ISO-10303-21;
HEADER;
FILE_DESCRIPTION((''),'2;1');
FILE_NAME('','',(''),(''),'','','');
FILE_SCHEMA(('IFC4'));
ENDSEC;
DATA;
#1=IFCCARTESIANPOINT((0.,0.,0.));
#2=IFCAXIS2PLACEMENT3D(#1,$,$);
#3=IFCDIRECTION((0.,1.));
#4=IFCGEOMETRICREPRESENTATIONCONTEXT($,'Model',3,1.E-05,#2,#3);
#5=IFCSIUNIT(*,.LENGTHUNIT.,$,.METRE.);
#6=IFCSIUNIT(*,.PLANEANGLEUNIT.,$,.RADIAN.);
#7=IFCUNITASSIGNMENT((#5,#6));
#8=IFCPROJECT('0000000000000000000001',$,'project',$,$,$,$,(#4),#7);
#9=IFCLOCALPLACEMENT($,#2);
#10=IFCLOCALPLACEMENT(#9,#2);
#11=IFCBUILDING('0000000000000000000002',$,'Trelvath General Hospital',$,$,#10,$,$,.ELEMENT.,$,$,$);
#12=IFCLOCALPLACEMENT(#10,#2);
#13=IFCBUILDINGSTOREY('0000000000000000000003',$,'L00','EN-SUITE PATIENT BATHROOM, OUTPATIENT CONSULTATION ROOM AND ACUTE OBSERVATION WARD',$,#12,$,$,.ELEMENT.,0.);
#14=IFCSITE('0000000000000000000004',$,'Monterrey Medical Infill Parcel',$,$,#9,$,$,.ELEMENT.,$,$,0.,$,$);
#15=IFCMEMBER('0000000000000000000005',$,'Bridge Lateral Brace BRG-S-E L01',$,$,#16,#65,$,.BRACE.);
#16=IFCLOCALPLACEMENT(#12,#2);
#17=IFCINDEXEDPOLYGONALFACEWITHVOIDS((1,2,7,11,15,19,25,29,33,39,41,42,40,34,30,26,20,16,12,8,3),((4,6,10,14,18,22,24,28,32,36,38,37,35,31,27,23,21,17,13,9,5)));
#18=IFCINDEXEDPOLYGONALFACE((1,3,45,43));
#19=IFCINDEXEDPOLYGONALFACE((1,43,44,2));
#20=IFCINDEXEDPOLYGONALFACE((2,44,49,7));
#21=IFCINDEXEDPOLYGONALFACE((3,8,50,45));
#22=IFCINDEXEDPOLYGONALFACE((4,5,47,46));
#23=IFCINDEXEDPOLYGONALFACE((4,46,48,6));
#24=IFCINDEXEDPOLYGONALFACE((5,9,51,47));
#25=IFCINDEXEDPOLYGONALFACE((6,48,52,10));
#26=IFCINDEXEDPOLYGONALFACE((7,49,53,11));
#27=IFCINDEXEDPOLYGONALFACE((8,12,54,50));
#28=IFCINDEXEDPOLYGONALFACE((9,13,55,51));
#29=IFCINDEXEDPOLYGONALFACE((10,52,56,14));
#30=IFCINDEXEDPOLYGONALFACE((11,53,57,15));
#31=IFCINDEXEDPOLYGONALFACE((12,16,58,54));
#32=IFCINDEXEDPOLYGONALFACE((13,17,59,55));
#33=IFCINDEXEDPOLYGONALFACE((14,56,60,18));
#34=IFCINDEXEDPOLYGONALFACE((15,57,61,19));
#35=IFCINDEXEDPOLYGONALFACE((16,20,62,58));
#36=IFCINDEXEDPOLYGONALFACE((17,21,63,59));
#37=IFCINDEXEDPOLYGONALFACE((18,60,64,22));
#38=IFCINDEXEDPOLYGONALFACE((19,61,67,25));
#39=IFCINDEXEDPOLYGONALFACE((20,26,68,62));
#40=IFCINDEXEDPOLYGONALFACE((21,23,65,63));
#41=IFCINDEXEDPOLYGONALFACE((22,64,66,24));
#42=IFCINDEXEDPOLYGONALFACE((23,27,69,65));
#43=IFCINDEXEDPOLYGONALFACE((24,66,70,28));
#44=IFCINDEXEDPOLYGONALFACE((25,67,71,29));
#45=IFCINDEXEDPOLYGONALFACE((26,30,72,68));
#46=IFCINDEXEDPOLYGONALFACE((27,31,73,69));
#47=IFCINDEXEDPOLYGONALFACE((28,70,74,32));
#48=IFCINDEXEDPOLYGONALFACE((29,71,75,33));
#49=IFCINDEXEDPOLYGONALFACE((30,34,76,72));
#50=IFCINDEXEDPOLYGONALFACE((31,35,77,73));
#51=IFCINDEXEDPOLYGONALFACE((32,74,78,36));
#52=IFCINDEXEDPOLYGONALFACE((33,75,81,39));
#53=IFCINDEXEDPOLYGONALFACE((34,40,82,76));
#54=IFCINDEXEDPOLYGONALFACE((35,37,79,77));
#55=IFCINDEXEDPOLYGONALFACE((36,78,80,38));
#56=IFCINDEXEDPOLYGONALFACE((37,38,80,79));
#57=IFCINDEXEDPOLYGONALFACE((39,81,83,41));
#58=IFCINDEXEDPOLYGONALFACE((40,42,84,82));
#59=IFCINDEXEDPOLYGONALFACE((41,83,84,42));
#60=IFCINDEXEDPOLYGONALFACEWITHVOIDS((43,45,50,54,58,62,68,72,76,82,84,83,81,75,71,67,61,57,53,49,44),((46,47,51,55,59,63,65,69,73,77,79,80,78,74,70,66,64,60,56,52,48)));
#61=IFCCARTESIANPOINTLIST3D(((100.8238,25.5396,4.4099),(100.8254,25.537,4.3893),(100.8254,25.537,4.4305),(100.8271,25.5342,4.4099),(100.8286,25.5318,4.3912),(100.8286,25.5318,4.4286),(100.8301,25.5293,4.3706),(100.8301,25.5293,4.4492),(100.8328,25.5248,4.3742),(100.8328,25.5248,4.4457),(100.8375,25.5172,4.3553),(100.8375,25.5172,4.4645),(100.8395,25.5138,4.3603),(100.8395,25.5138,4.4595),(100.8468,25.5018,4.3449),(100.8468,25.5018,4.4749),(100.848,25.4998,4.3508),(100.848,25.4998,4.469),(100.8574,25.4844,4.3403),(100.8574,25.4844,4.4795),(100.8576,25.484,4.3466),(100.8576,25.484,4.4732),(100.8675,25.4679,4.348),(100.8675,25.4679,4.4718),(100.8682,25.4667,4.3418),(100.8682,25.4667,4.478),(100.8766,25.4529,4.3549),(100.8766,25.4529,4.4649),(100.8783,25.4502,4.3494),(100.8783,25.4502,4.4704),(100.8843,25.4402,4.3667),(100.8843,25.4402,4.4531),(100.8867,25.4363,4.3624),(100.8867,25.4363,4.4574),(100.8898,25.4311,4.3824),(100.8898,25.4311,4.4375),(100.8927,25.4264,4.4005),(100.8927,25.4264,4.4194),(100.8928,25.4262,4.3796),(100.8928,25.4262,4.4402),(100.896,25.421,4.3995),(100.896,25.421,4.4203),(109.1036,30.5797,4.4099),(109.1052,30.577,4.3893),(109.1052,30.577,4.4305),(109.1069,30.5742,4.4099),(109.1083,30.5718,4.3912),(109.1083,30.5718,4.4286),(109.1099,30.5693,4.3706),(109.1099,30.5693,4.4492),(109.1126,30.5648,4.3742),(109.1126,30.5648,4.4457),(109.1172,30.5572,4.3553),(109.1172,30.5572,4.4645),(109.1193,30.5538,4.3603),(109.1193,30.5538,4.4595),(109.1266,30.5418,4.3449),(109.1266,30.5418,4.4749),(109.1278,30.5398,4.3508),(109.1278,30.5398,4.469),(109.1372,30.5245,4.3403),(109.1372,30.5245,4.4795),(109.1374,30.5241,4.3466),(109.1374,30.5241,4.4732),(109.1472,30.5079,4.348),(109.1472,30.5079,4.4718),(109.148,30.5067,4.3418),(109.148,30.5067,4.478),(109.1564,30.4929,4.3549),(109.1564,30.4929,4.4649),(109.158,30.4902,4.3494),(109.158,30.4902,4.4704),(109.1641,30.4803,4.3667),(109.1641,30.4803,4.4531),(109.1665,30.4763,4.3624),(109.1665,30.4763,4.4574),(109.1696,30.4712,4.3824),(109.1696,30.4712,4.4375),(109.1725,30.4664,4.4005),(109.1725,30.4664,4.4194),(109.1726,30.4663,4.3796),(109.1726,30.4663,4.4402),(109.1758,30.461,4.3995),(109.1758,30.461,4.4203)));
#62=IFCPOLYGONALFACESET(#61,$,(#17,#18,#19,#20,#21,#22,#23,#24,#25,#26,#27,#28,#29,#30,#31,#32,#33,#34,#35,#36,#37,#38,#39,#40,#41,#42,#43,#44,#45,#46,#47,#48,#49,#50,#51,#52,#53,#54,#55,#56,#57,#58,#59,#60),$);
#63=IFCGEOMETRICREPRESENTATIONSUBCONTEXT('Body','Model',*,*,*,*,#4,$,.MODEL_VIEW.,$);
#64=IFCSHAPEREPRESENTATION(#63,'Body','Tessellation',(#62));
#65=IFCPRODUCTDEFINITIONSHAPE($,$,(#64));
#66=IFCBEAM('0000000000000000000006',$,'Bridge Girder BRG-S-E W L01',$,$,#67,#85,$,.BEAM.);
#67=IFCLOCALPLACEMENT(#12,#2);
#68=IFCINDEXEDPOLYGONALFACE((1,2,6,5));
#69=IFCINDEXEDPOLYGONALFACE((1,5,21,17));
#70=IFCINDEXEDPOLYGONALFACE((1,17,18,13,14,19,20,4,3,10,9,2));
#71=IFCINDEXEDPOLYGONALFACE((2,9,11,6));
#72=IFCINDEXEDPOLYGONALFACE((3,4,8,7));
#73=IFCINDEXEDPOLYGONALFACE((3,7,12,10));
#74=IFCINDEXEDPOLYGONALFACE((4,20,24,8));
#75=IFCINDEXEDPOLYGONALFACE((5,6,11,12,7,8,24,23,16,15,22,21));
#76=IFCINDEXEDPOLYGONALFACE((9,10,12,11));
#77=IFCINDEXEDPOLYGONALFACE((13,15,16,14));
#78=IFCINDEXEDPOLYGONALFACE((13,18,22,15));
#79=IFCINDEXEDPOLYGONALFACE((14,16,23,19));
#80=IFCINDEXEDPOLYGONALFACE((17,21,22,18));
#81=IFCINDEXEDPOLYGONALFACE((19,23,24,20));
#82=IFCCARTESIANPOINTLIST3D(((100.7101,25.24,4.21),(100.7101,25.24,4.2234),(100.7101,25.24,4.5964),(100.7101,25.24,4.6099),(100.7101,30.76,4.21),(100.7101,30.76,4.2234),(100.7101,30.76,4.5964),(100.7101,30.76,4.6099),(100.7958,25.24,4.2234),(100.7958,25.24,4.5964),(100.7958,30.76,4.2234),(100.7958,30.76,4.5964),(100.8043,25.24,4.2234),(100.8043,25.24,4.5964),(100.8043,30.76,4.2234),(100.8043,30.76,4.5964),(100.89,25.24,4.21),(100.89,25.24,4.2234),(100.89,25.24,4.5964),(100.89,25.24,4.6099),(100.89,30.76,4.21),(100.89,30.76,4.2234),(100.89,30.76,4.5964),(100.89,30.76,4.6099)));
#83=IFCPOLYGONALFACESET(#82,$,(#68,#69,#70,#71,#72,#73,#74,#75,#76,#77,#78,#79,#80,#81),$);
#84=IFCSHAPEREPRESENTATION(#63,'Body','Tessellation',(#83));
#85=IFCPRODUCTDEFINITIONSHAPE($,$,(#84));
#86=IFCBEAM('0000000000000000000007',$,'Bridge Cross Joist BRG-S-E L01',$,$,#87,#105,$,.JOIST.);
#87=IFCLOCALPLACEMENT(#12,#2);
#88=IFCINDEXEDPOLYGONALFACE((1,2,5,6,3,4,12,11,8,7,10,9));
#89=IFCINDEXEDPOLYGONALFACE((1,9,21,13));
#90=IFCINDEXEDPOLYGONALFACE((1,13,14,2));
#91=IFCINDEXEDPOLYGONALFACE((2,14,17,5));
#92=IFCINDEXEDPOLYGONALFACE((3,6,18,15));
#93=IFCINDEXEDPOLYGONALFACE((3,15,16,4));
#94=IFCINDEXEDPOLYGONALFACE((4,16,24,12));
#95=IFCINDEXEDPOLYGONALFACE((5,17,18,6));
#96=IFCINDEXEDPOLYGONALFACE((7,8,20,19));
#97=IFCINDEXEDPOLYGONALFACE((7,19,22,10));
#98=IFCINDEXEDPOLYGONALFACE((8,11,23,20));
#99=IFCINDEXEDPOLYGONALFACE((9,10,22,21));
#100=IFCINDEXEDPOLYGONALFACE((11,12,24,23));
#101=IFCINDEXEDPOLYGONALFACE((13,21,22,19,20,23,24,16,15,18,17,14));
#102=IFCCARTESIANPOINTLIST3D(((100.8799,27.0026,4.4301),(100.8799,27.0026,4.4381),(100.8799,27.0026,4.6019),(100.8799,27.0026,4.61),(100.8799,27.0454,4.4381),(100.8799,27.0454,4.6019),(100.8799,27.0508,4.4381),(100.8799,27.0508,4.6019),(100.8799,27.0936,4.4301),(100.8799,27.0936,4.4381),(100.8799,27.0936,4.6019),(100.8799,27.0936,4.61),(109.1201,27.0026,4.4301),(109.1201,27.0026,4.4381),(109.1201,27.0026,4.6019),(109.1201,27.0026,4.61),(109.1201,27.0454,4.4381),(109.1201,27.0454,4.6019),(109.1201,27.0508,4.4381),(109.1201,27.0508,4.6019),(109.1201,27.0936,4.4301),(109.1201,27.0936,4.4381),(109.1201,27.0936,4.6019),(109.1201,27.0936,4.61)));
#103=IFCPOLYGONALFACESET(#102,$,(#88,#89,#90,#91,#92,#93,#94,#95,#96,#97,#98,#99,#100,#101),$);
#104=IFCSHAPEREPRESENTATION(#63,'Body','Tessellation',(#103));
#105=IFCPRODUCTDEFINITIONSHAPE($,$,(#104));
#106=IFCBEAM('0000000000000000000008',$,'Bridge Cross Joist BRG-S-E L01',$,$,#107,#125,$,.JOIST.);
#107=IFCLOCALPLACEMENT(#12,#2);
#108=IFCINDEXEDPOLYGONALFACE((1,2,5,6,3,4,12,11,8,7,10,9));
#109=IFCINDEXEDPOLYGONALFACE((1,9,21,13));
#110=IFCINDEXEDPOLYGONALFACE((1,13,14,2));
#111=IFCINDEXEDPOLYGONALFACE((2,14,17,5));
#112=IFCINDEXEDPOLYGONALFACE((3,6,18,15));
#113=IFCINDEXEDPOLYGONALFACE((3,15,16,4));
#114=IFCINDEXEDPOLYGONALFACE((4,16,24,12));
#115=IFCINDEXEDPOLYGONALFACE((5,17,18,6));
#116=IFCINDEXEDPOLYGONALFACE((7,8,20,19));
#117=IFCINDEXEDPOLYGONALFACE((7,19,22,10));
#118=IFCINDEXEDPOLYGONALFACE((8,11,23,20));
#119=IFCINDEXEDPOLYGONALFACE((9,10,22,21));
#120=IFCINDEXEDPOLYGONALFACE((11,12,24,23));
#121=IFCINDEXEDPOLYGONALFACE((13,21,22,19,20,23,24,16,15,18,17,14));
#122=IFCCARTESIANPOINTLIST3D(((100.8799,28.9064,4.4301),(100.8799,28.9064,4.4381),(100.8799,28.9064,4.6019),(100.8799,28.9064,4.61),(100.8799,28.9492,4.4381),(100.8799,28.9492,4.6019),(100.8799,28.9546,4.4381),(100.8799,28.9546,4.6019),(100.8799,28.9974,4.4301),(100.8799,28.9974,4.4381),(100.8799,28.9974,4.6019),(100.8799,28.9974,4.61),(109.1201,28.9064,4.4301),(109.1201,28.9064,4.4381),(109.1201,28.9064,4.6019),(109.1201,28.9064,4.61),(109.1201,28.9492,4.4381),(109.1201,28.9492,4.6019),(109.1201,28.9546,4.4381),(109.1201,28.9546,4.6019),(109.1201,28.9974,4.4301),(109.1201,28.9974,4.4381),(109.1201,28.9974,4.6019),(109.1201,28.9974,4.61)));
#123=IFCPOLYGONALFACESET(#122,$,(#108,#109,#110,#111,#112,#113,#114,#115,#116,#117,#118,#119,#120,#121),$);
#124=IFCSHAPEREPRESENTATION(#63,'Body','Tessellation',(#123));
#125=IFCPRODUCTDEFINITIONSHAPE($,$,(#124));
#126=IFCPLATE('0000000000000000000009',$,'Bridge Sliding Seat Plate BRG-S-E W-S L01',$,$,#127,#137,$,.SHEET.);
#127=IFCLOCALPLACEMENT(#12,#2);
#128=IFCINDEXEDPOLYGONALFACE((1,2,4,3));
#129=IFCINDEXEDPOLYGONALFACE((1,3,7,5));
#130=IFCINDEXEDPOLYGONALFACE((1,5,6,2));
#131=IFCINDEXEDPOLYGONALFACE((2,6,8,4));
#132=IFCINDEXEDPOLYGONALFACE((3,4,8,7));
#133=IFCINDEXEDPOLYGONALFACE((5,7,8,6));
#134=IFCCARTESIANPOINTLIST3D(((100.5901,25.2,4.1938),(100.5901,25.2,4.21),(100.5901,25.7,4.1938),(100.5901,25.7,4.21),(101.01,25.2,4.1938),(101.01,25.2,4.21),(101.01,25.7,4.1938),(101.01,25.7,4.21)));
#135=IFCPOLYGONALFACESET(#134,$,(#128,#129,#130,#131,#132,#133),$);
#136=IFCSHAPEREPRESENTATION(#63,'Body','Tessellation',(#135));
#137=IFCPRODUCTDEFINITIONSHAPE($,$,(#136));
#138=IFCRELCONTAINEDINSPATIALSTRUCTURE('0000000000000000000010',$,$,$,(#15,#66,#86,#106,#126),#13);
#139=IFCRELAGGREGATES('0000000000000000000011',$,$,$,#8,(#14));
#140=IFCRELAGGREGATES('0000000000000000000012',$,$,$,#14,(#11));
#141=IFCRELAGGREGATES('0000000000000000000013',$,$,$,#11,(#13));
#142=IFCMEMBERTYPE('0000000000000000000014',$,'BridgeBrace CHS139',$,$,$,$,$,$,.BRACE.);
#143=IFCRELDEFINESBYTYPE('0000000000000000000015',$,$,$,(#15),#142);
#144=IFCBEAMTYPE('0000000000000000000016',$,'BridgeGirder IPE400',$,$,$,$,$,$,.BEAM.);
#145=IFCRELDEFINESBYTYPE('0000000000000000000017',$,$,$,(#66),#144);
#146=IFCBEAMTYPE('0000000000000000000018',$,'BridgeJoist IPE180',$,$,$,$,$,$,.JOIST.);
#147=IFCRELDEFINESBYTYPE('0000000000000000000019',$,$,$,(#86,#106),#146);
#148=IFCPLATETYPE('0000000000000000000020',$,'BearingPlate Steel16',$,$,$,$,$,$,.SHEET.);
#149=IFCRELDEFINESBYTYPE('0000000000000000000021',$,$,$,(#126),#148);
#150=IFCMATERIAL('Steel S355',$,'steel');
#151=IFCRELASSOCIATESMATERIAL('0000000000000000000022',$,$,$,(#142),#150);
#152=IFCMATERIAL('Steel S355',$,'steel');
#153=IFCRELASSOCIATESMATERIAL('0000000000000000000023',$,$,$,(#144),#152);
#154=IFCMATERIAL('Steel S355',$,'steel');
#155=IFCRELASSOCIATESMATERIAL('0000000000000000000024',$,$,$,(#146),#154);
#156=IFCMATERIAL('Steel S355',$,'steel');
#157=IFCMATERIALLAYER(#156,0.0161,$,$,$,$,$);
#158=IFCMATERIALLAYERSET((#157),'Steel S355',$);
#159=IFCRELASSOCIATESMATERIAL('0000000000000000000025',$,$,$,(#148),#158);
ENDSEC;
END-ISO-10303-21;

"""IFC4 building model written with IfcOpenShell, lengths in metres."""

from ifc_helpers import new_model, si_unit, direction, frame, origin, origin_2d, place, context, subcontext, project, spatial, rectangle, hollow_circle, i_section, extrude, material, layer, layer_set, material_profile, profile_set, type_object, element, save


model = new_model("IFC4")

# Units and contexts
model_context = context("Model", 3, precision=1e-05, world=origin(), true_north=direction((0.0, 1.0)))
body_context = subcontext(model_context, "Body", "Model", "MODEL_VIEW")
ifc_project = project(units=[si_unit("LENGTHUNIT", "METRE"), si_unit("PLANEANGLEUNIT", "RADIAN")], contexts=[model_context])

# Site, building, storey
site_placement = place(None, origin())
site = spatial("IfcSite", under=ifc_project, at=site_placement, Name="Monterrey Medical Infill Parcel", CompositionType="ELEMENT", RefElevation=0.0)
building_placement = place(site_placement, origin())
building = spatial("IfcBuilding", under=site, at=building_placement, Name="Trelvath General Hospital", CompositionType="ELEMENT")
storey_placement = place(building_placement, origin())
storey = spatial("IfcBuildingStorey", under=building, at=storey_placement, Name="L00", Description="EN-SUITE PATIENT BATHROOM, OUTPATIENT CONSULTATION ROOM AND ACUTE OBSERVATION WARD", CompositionType="ELEMENT", Elevation=0.0)

# Member
ifc_material_1 = material(Name="Steel S355", Category="steel")
ifc_material_profile_1 = material_profile(ifc_material_1, hollow_circle(Radius=0.0698, WallThickness=0.0063, at=origin_2d()), Name="CHS139.7x6.3")
ifc_profile_set_1 = profile_set([ifc_material_profile_1], Name="Steel S355")
member_type = type_object("IfcMemberType", Name="BridgeBrace CHS139", PredefinedType="BRACE", material=ifc_profile_set_1)
member_placement = place(storey_placement, frame((100.8601, 25.48, 4.4099), z_axis=(0.854191, 0.51996, 0.0), x_axis=(-0.51996, 0.854191, 0.0)))
element("IfcMember", 1, at=member_placement, inside=storey, type_object=member_type, Name="Bridge Lateral Brace BRG-S-E L01", PredefinedType="BRACE", context=body_context, shape_type="SweptSolid", body=[
    extrude(hollow_circle(Radius=0.0698, WallThickness=0.0063, at=origin_2d()), origin(), (0.0, 0.0, 1.0), 9.6931),
])

# Beams
ifc_material_2 = material(Name="Steel S355", Category="steel")
ifc_material_profile_2 = material_profile(ifc_material_2, i_section(OverallWidth=0.1799, OverallDepth=0.3999, WebThickness=0.0085, FlangeThickness=0.0134, at=origin_2d()), Name="IPE400")
ifc_profile_set_2 = profile_set([ifc_material_profile_2], Name="Steel S355")
beam_type_1 = type_object("IfcBeamType", Name="BridgeGirder IPE400", PredefinedType="BEAM", material=ifc_profile_set_2)
beam_1_placement = place(storey_placement, frame((100.8, 25.24, 4.4099), z_axis=(0.0, 1.0, 0.0), x_axis=(-1.0, 0.0, 0.0)))
element("IfcBeam", 2, at=beam_1_placement, inside=storey, type_object=beam_type_1, Name="Bridge Girder BRG-S-E W L01", PredefinedType="BEAM", context=body_context, shape_type="SweptSolid", body=[
    extrude(i_section(OverallWidth=0.1799, OverallDepth=0.3999, WebThickness=0.0085, FlangeThickness=0.0134, at=origin_2d()), origin(), (0.0, 0.0, 1.0), 5.52),
])
ifc_material_3 = material(Name="Steel S355", Category="steel")
ifc_material_profile_3 = material_profile(ifc_material_3, i_section(OverallWidth=0.0911, OverallDepth=0.1799, WebThickness=0.0054, FlangeThickness=0.0081, at=origin_2d()), Name="IPE180")
ifc_profile_set_3 = profile_set([ifc_material_profile_3], Name="Steel S355")
beam_type_2 = type_object("IfcBeamType", Name="BridgeJoist IPE180", PredefinedType="JOIST", material=ifc_profile_set_3)
for number, where, z_axis, x_axis, name in (
    (3, (100.8799, 27.0481, 4.52), (1.0, 0.0, 0.0), (0.0, 1.0, 0.0), "Bridge Cross Joist BRG-S-E L01"),
    (4, (100.8799, 28.9519, 4.52), (1.0, 0.0, 0.0), (0.0, 1.0, 0.0), "Bridge Cross Joist BRG-S-E L01"),
):
    element("IfcBeam", number, at=place(storey_placement, frame(where, z_axis=z_axis, x_axis=x_axis)), inside=storey, type_object=beam_type_2, Name=name, PredefinedType="JOIST", context=body_context, shape_type="SweptSolid", body=[
        extrude(i_section(OverallWidth=0.0911, OverallDepth=0.1799, WebThickness=0.0054, FlangeThickness=0.0081, at=origin_2d()), origin(), (0.0, 0.0, 1.0), 8.2402),
    ])

# Plate
ifc_material_4 = material(Name="Steel S355", Category="steel")
ifc_layer_1 = layer(ifc_material_4, 0.0161)
ifc_layer_set_1 = layer_set([ifc_layer_1], Name="Steel S355")
plate_type = type_object("IfcPlateType", Name="BearingPlate Steel16", PredefinedType="SHEET", material=ifc_layer_set_1)
plate_placement = place(storey_placement, frame((100.8, 25.45, 4.1938), z_axis=(0.0, 0.0, 1.0), x_axis=(1.0, 0.0, 0.0)))
element("IfcPlate", 5, at=plate_placement, inside=storey, type_object=plate_type, Name="Bridge Sliding Seat Plate BRG-S-E W-S L01", PredefinedType="SHEET", context=body_context, shape_type="SweptSolid", body=[
    extrude(rectangle(XDim=0.4199, YDim=0.5, at=origin_2d()), origin(), (0.0, 0.0, 1.0), 0.0161),
])

save(model, "model.ifc")
